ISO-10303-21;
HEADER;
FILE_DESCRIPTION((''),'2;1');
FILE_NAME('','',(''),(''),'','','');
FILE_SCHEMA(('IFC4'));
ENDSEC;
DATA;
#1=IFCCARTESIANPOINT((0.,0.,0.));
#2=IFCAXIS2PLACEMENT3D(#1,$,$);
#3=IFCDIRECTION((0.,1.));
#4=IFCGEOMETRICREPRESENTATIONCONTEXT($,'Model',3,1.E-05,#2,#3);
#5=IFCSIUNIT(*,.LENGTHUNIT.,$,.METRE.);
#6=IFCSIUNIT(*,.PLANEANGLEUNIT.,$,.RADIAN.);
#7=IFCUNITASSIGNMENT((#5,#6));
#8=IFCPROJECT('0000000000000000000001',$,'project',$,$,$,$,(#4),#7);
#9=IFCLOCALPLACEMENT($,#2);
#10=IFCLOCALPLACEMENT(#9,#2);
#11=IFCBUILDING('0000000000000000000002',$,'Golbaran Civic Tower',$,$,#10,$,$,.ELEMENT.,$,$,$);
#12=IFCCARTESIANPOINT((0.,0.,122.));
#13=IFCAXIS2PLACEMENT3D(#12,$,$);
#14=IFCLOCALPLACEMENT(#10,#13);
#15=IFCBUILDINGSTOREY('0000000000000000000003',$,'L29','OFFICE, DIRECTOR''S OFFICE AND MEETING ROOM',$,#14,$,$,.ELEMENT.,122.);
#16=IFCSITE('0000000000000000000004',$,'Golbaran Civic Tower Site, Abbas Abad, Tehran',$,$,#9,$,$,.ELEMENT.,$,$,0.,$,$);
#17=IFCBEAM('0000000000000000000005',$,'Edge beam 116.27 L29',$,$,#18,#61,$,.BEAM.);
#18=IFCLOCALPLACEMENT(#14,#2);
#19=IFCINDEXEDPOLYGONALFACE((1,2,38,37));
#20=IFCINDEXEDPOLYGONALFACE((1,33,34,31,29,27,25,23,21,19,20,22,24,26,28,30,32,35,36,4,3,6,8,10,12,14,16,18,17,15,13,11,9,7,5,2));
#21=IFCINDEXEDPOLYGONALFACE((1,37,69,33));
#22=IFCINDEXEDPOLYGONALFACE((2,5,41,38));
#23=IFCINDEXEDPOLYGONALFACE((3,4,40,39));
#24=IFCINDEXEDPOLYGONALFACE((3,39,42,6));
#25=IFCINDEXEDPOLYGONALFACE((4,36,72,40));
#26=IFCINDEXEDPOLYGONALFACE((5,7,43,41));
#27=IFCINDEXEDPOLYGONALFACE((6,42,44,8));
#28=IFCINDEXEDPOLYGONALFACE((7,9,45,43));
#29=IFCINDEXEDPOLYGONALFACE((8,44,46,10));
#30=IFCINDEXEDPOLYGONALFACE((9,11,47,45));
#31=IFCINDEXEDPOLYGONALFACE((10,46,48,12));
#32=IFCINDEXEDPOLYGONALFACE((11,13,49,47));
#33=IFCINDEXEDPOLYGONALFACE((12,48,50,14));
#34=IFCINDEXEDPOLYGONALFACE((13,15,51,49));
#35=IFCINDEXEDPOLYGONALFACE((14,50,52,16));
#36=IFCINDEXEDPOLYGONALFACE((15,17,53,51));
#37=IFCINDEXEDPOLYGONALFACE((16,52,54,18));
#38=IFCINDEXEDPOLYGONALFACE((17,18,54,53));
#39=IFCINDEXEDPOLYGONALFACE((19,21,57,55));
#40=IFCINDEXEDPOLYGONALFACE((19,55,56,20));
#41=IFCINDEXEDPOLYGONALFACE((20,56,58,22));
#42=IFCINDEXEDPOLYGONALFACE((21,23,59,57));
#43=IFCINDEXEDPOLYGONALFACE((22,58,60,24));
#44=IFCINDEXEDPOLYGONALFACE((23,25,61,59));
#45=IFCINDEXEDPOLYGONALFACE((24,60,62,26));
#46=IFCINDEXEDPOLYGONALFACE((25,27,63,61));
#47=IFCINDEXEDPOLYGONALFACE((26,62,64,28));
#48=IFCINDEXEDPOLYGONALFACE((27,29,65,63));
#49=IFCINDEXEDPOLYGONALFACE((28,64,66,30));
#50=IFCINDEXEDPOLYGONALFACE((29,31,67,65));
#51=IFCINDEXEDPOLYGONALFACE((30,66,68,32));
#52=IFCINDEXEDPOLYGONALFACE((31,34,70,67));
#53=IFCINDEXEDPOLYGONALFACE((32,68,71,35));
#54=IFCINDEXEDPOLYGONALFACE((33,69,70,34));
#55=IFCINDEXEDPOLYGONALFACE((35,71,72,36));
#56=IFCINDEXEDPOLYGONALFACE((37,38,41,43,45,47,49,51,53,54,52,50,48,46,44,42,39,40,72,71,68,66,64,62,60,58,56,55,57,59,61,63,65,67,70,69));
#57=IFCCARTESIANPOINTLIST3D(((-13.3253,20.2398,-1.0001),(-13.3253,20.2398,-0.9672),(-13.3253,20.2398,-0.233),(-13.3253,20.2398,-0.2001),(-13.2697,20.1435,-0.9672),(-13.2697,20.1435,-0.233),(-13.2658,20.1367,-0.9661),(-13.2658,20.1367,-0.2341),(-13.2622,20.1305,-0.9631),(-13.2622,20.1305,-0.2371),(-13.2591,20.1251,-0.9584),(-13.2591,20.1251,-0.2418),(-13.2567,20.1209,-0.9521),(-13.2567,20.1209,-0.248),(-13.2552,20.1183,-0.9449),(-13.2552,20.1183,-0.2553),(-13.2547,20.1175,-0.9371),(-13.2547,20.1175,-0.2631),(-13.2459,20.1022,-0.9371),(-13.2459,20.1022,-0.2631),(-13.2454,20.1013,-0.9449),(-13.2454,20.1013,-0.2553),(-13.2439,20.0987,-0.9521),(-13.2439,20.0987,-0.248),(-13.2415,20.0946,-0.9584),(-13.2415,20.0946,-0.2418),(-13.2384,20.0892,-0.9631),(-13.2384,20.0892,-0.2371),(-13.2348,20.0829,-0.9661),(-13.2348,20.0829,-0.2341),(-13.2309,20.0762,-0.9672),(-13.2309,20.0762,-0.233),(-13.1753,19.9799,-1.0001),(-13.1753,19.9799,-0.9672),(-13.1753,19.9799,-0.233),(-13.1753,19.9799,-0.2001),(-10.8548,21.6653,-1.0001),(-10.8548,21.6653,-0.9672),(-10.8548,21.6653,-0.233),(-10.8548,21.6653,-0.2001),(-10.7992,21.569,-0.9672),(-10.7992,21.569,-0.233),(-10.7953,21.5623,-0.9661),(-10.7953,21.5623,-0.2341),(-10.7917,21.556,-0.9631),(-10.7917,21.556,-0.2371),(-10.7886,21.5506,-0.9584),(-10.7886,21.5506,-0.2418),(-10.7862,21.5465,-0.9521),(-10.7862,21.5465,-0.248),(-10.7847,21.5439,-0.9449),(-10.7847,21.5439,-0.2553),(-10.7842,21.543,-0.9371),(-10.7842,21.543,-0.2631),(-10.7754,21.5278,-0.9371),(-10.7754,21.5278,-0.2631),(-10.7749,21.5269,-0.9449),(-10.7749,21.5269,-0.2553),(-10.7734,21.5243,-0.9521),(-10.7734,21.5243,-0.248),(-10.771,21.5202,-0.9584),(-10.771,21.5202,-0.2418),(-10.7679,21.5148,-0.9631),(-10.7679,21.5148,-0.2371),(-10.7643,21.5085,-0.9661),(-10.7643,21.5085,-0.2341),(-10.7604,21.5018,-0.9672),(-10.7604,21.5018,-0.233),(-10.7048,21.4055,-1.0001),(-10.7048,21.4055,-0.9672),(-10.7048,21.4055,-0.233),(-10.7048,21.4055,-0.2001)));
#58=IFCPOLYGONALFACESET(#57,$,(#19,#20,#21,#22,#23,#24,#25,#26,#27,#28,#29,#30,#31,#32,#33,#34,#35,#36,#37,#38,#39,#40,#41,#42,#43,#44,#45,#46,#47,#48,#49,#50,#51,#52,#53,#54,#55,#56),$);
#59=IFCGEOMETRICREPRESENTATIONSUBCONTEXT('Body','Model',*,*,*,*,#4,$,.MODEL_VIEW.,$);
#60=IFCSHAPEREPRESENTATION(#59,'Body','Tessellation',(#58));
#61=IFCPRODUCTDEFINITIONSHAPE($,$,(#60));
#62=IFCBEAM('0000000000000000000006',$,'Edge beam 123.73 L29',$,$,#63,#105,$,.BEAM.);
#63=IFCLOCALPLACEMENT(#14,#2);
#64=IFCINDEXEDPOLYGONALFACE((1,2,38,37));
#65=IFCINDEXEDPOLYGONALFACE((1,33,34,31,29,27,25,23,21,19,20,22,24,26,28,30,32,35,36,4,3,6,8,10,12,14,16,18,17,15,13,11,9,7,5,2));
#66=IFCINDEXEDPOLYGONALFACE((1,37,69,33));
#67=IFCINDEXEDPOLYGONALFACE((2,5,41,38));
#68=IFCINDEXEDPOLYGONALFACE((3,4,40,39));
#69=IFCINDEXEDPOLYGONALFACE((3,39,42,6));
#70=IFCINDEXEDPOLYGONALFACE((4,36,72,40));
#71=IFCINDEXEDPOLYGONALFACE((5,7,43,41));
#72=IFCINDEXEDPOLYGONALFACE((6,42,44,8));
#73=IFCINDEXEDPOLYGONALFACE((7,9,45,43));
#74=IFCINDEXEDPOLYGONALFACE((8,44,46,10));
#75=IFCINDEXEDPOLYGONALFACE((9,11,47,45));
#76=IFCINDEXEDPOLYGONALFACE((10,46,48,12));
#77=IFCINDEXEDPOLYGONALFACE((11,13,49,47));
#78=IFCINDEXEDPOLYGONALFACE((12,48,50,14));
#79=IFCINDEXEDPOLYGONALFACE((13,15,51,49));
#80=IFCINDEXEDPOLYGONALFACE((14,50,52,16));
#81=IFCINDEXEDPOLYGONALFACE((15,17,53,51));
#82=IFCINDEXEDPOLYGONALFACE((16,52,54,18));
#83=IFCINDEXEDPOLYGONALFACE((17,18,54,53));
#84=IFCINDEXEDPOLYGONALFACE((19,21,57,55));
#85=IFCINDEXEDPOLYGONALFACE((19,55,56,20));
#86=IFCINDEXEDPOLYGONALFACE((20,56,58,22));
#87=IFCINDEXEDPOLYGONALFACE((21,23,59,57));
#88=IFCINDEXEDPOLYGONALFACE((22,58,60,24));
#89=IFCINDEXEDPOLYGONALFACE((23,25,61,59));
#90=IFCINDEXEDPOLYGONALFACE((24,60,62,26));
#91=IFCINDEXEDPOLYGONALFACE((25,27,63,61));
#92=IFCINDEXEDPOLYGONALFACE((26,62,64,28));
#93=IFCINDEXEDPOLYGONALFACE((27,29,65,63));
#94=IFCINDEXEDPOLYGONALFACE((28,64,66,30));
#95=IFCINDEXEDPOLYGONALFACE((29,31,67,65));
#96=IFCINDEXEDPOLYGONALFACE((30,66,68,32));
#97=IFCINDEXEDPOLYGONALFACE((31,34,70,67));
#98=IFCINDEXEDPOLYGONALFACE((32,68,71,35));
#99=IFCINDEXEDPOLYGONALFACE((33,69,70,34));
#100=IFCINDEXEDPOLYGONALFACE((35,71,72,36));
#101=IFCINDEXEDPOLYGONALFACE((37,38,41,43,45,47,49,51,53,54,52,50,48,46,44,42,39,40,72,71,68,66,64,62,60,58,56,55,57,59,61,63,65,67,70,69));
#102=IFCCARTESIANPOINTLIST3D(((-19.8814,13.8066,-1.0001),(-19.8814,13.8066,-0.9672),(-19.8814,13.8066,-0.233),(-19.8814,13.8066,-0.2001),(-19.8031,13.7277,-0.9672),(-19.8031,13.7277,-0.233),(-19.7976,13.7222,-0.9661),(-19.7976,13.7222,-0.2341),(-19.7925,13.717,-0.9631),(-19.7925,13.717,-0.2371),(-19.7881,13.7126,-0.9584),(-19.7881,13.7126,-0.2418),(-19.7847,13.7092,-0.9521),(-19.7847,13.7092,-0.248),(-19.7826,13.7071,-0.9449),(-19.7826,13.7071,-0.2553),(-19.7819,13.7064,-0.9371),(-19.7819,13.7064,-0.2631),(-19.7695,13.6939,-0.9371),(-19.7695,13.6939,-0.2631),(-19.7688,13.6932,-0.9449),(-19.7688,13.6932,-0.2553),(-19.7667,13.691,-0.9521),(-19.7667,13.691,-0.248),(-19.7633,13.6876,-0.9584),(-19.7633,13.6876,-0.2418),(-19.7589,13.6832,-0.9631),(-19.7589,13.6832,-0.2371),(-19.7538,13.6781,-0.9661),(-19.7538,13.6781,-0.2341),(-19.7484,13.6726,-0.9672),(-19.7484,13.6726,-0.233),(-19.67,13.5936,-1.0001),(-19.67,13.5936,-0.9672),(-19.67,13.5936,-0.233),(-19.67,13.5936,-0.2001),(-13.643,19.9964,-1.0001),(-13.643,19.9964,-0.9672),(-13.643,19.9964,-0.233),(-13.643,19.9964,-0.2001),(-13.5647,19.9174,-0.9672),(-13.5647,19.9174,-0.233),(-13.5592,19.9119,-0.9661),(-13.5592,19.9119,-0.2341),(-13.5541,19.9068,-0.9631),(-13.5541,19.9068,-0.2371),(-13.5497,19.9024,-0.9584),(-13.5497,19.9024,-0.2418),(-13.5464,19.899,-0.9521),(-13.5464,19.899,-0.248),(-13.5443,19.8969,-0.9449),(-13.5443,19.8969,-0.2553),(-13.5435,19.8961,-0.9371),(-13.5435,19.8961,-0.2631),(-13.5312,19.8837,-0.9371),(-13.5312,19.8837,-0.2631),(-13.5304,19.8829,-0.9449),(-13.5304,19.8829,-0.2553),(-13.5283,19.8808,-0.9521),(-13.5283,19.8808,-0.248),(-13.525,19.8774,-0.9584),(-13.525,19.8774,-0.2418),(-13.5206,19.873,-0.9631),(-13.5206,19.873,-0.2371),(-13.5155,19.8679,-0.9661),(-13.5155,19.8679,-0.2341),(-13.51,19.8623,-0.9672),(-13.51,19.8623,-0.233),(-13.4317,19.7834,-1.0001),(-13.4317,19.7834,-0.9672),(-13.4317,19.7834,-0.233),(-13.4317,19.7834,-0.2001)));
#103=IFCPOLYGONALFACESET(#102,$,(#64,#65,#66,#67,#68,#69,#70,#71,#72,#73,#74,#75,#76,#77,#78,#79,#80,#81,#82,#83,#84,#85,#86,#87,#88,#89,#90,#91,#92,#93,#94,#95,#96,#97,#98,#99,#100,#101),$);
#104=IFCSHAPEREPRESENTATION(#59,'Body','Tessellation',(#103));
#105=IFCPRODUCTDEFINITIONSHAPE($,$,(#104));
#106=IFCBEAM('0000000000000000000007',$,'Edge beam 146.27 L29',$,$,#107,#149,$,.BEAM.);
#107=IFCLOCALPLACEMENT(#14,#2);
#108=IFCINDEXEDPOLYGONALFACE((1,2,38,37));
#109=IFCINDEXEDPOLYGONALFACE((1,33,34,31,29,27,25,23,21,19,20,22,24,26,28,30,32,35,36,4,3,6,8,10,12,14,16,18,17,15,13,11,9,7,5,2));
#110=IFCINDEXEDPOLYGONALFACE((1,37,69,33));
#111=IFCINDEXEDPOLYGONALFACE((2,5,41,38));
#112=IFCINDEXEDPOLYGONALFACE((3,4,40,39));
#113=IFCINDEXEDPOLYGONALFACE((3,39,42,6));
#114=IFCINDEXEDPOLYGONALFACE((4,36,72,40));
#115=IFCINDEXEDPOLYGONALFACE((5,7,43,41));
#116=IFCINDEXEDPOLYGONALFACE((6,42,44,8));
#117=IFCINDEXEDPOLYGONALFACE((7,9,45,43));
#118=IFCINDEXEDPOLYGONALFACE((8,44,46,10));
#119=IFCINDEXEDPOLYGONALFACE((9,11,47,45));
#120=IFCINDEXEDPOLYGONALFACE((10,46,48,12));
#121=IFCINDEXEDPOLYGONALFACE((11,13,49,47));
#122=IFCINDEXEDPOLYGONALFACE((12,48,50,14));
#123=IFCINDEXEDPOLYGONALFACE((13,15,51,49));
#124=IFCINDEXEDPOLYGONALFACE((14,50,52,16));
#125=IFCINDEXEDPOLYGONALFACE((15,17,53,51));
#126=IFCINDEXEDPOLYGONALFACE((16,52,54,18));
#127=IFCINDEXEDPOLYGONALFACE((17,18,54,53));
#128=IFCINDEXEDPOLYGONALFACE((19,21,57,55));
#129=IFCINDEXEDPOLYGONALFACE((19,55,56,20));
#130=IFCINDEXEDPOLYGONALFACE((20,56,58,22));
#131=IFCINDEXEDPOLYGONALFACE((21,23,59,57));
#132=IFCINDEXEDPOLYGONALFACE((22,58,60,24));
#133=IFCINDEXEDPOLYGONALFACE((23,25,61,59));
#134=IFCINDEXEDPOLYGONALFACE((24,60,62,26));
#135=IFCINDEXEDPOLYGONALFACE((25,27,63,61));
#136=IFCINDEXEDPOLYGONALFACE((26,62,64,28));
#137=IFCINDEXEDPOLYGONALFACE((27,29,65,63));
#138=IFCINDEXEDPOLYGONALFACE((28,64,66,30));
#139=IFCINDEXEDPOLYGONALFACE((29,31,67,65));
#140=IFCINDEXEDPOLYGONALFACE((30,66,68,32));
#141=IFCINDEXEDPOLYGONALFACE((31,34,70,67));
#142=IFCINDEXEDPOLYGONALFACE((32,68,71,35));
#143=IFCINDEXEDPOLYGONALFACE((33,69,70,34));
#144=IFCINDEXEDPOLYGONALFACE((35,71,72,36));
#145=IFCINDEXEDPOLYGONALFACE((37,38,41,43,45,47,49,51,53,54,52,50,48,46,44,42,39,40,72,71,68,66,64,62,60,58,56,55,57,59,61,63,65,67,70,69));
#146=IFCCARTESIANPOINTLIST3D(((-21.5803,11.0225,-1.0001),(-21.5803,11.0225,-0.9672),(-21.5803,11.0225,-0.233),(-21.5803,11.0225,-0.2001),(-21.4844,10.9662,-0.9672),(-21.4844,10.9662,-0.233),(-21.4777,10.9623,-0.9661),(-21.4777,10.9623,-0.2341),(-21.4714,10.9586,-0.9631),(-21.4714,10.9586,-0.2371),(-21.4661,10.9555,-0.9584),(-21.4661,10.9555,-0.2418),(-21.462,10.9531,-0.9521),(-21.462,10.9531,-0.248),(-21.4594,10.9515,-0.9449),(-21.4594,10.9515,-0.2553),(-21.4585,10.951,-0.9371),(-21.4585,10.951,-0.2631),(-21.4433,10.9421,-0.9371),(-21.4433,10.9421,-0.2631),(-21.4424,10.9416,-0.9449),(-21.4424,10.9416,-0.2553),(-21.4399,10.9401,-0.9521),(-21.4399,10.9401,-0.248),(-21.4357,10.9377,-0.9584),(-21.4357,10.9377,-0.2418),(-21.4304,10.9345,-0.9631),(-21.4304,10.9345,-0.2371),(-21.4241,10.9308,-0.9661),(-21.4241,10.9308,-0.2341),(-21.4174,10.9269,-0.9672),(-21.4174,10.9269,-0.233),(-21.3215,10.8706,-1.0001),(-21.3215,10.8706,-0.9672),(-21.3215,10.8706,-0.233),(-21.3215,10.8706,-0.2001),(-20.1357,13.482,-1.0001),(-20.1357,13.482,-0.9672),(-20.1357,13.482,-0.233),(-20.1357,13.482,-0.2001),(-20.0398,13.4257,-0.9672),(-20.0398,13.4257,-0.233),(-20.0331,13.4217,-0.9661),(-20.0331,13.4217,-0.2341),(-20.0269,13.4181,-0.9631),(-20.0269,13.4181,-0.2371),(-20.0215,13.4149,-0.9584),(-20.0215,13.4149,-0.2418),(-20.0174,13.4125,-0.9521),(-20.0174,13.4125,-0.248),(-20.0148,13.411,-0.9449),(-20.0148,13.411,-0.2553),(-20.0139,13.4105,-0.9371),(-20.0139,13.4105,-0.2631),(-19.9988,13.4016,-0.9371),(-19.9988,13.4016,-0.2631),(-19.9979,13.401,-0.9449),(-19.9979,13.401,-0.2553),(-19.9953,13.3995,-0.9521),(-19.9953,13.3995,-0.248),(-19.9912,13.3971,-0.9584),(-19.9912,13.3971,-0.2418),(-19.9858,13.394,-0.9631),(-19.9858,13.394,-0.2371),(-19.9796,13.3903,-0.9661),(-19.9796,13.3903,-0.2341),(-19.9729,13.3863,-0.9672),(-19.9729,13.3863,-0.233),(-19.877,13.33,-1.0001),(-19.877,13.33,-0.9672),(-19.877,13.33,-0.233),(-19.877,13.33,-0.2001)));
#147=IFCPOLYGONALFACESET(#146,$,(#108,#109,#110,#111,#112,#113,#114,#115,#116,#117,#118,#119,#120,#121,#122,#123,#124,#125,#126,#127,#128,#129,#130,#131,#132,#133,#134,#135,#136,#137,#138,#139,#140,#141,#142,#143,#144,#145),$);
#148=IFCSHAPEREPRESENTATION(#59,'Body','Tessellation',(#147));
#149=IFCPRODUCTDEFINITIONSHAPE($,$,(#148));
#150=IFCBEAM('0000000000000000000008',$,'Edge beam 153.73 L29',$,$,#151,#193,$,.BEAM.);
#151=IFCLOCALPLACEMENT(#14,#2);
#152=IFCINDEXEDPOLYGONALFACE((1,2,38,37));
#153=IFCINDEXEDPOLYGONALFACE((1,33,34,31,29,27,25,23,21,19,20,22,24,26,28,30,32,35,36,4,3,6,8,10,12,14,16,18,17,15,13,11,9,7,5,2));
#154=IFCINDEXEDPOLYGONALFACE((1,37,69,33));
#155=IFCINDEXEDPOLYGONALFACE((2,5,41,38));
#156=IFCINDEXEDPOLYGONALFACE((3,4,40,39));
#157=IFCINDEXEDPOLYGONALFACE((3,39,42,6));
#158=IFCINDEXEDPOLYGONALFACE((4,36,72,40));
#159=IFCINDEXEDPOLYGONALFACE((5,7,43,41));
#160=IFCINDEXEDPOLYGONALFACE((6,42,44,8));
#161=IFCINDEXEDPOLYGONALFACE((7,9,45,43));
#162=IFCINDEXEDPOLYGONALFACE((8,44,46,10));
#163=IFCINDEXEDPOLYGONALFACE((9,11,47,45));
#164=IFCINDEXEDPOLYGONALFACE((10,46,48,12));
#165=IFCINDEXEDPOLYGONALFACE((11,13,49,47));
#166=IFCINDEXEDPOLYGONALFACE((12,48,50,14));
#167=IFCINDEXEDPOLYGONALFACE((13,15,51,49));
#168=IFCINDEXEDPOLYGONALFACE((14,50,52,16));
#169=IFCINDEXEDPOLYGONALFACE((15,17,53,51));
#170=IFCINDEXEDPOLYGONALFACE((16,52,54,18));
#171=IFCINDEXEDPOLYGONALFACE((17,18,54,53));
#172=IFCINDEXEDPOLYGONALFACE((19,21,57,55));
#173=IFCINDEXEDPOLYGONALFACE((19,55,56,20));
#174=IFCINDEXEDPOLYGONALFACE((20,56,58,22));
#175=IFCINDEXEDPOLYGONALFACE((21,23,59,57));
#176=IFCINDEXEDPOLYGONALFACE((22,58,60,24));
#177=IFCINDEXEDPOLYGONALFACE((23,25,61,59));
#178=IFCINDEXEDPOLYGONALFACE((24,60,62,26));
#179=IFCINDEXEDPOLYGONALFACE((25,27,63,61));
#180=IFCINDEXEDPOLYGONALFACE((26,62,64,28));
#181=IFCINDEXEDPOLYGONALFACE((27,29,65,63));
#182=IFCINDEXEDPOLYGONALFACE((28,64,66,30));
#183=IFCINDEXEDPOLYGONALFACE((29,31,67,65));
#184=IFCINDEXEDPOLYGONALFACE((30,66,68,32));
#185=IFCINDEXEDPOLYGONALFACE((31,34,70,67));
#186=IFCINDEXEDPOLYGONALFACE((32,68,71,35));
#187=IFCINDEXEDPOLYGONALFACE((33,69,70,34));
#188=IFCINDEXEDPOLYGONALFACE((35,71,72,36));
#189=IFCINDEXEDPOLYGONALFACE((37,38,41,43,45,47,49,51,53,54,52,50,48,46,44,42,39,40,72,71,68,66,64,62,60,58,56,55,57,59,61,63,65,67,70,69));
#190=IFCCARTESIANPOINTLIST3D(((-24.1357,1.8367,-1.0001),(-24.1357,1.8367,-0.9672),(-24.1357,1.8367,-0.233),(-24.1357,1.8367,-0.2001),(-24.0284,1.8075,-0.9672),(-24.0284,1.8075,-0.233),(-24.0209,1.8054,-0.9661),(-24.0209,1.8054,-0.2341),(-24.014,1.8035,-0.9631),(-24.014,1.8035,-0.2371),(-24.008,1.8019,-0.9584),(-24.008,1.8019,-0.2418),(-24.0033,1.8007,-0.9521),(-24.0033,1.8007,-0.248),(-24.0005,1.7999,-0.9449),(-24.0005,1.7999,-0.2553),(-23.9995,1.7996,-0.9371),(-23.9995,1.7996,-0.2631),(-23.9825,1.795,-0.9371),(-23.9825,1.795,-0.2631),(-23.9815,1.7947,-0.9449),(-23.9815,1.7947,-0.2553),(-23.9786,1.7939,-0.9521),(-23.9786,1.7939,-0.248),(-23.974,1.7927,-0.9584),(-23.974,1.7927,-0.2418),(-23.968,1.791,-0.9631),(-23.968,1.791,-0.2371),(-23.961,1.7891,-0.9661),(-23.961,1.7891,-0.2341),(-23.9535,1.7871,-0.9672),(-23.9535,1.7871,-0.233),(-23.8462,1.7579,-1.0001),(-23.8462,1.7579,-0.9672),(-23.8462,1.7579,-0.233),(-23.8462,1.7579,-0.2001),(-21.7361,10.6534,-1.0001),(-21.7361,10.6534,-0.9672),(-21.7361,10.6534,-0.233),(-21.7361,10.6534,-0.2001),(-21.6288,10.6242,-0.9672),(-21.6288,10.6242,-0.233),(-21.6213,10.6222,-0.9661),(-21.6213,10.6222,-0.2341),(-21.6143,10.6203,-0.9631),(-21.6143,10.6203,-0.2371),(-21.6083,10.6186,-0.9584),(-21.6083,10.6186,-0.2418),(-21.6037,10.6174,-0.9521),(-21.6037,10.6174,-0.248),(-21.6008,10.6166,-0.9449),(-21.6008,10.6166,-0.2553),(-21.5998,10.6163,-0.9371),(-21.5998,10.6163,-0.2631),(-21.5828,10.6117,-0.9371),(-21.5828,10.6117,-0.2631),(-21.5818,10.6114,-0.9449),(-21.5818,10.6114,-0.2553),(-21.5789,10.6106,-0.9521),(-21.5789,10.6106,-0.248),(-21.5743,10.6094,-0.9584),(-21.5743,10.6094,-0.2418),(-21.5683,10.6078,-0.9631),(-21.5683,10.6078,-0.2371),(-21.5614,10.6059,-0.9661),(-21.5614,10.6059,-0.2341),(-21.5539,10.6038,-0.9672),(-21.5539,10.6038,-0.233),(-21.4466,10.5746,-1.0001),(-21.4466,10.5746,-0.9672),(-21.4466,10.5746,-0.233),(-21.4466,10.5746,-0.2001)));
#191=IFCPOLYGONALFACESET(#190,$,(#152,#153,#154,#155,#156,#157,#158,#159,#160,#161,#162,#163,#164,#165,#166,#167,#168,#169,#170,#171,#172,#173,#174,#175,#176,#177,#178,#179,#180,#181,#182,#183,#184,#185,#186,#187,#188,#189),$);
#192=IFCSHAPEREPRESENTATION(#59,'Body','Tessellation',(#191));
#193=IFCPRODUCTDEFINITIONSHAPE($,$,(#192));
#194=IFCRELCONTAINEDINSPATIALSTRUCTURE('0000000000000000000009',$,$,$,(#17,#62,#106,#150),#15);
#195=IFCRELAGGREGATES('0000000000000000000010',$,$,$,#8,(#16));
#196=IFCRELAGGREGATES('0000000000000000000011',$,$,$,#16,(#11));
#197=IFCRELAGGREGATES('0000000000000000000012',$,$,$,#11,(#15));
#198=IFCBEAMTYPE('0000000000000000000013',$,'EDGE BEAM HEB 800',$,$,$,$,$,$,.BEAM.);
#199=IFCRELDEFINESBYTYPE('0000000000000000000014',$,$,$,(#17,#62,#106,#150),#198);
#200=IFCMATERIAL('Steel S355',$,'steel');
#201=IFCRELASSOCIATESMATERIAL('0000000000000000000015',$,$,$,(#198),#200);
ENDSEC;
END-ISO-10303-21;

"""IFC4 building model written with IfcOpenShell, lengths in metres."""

from ifc_helpers import new_model, si_unit, direction, frame, origin, origin_2d, place, context, subcontext, project, spatial, i_section, extrude, material, material_profile, profile_set, type_object, element, save


model = new_model("IFC4")

# Units and contexts
model_context = context("Model", 3, precision=1e-05, world=origin(), true_north=direction((0.0, 1.0)))
body_context = subcontext(model_context, "Body", "Model", "MODEL_VIEW")
ifc_project = project(units=[si_unit("LENGTHUNIT", "METRE"), si_unit("PLANEANGLEUNIT", "RADIAN")], contexts=[model_context])

# Site, building, storey
site_placement = place(None, origin())
site = spatial("IfcSite", under=ifc_project, at=site_placement, Name="Golbaran Civic Tower Site, Abbas Abad, Tehran", CompositionType="ELEMENT", RefElevation=0.0)
building_placement = place(site_placement, origin())
building = spatial("IfcBuilding", under=site, at=building_placement, Name="Golbaran Civic Tower", CompositionType="ELEMENT")
storey_placement = place(building_placement, frame((0.0, 0.0, 122.0)))
storey = spatial("IfcBuildingStorey", under=building, at=storey_placement, Name="L29", Description="OFFICE, DIRECTOR'S OFFICE AND MEETING ROOM", CompositionType="ELEMENT", Elevation=122.0)

# Beams
ifc_material_1 = material(Name="Steel S355", Category="steel")
ifc_material_profile_1 = material_profile(ifc_material_1, i_section(OverallWidth=0.3, OverallDepth=0.8, WebThickness=0.0176, FlangeThickness=0.033, FilletRadius=0.03, at=origin_2d()), Name="HEB 800")
ifc_profile_set_1 = profile_set([ifc_material_profile_1], Name="Steel S355")
beam_type_1 = type_object("IfcBeamType", Name="EDGE BEAM HEB 800", PredefinedType="BEAM", material=ifc_profile_set_1)
beam_1_placement = place(storey_placement, frame((-10.7798, 21.5354, -0.6001), z_axis=(-0.866144, -0.499794, 0.0), x_axis=(0.499794, -0.866144, 0.0)))
element("IfcBeam", 1, at=beam_1_placement, inside=storey, type_object=beam_type_1, Name="Edge beam 116.27 L29", PredefinedType="BEAM", context=body_context, shape_type="SweptSolid", body=[
    extrude(i_section(OverallWidth=0.3, OverallDepth=0.8, WebThickness=0.0176, FlangeThickness=0.033, FilletRadius=0.03, at=origin_2d()), origin(), (0.0, 0.0, 1.0), 2.8523),
])
beam_2_placement = place(storey_placement, frame((-13.5374, 19.8899, -0.6001), z_axis=(-0.709866, -0.704337, 0.0), x_axis=(0.704337, -0.709866, 0.0)))
element("IfcBeam", 2, at=beam_2_placement, inside=storey, type_object=beam_type_1, Name="Edge beam 123.73 L29", PredefinedType="BEAM", context=body_context, shape_type="SweptSolid", body=[
    extrude(i_section(OverallWidth=0.3, OverallDepth=0.8, WebThickness=0.0176, FlangeThickness=0.033, FilletRadius=0.03, at=origin_2d()), origin(), (0.0, 0.0, 1.0), 8.7881),
])
beam_3_placement = place(storey_placement, frame((-20.0063, 13.406, -0.6001), z_axis=(-0.506455, -0.862266, 0.0), x_axis=(0.862266, -0.506455, 0.0)))
element("IfcBeam", 3, at=beam_3_placement, inside=storey, type_object=beam_type_1, Name="Edge beam 146.27 L29", PredefinedType="BEAM", context=body_context, shape_type="SweptSolid", body=[
    extrude(i_section(OverallWidth=0.3, OverallDepth=0.8, WebThickness=0.0176, FlangeThickness=0.033, FilletRadius=0.03, at=origin_2d()), origin(), (0.0, 0.0, 1.0), 2.8523),
])
beam_4_placement = place(storey_placement, frame((-21.5913, 10.614, -0.6001), z_axis=(-0.26262, -0.964899, 0.0), x_axis=(0.964899, -0.26262, 0.0)))
element("IfcBeam", 4, at=beam_4_placement, inside=storey, type_object=beam_type_1, Name="Edge beam 153.73 L29", PredefinedType="BEAM", context=body_context, shape_type="SweptSolid", body=[
    extrude(i_section(OverallWidth=0.3, OverallDepth=0.8, WebThickness=0.0176, FlangeThickness=0.033, FilletRadius=0.03, at=origin_2d()), origin(), (0.0, 0.0, 1.0), 9.1375),
])

save(model, "model.ifc")
